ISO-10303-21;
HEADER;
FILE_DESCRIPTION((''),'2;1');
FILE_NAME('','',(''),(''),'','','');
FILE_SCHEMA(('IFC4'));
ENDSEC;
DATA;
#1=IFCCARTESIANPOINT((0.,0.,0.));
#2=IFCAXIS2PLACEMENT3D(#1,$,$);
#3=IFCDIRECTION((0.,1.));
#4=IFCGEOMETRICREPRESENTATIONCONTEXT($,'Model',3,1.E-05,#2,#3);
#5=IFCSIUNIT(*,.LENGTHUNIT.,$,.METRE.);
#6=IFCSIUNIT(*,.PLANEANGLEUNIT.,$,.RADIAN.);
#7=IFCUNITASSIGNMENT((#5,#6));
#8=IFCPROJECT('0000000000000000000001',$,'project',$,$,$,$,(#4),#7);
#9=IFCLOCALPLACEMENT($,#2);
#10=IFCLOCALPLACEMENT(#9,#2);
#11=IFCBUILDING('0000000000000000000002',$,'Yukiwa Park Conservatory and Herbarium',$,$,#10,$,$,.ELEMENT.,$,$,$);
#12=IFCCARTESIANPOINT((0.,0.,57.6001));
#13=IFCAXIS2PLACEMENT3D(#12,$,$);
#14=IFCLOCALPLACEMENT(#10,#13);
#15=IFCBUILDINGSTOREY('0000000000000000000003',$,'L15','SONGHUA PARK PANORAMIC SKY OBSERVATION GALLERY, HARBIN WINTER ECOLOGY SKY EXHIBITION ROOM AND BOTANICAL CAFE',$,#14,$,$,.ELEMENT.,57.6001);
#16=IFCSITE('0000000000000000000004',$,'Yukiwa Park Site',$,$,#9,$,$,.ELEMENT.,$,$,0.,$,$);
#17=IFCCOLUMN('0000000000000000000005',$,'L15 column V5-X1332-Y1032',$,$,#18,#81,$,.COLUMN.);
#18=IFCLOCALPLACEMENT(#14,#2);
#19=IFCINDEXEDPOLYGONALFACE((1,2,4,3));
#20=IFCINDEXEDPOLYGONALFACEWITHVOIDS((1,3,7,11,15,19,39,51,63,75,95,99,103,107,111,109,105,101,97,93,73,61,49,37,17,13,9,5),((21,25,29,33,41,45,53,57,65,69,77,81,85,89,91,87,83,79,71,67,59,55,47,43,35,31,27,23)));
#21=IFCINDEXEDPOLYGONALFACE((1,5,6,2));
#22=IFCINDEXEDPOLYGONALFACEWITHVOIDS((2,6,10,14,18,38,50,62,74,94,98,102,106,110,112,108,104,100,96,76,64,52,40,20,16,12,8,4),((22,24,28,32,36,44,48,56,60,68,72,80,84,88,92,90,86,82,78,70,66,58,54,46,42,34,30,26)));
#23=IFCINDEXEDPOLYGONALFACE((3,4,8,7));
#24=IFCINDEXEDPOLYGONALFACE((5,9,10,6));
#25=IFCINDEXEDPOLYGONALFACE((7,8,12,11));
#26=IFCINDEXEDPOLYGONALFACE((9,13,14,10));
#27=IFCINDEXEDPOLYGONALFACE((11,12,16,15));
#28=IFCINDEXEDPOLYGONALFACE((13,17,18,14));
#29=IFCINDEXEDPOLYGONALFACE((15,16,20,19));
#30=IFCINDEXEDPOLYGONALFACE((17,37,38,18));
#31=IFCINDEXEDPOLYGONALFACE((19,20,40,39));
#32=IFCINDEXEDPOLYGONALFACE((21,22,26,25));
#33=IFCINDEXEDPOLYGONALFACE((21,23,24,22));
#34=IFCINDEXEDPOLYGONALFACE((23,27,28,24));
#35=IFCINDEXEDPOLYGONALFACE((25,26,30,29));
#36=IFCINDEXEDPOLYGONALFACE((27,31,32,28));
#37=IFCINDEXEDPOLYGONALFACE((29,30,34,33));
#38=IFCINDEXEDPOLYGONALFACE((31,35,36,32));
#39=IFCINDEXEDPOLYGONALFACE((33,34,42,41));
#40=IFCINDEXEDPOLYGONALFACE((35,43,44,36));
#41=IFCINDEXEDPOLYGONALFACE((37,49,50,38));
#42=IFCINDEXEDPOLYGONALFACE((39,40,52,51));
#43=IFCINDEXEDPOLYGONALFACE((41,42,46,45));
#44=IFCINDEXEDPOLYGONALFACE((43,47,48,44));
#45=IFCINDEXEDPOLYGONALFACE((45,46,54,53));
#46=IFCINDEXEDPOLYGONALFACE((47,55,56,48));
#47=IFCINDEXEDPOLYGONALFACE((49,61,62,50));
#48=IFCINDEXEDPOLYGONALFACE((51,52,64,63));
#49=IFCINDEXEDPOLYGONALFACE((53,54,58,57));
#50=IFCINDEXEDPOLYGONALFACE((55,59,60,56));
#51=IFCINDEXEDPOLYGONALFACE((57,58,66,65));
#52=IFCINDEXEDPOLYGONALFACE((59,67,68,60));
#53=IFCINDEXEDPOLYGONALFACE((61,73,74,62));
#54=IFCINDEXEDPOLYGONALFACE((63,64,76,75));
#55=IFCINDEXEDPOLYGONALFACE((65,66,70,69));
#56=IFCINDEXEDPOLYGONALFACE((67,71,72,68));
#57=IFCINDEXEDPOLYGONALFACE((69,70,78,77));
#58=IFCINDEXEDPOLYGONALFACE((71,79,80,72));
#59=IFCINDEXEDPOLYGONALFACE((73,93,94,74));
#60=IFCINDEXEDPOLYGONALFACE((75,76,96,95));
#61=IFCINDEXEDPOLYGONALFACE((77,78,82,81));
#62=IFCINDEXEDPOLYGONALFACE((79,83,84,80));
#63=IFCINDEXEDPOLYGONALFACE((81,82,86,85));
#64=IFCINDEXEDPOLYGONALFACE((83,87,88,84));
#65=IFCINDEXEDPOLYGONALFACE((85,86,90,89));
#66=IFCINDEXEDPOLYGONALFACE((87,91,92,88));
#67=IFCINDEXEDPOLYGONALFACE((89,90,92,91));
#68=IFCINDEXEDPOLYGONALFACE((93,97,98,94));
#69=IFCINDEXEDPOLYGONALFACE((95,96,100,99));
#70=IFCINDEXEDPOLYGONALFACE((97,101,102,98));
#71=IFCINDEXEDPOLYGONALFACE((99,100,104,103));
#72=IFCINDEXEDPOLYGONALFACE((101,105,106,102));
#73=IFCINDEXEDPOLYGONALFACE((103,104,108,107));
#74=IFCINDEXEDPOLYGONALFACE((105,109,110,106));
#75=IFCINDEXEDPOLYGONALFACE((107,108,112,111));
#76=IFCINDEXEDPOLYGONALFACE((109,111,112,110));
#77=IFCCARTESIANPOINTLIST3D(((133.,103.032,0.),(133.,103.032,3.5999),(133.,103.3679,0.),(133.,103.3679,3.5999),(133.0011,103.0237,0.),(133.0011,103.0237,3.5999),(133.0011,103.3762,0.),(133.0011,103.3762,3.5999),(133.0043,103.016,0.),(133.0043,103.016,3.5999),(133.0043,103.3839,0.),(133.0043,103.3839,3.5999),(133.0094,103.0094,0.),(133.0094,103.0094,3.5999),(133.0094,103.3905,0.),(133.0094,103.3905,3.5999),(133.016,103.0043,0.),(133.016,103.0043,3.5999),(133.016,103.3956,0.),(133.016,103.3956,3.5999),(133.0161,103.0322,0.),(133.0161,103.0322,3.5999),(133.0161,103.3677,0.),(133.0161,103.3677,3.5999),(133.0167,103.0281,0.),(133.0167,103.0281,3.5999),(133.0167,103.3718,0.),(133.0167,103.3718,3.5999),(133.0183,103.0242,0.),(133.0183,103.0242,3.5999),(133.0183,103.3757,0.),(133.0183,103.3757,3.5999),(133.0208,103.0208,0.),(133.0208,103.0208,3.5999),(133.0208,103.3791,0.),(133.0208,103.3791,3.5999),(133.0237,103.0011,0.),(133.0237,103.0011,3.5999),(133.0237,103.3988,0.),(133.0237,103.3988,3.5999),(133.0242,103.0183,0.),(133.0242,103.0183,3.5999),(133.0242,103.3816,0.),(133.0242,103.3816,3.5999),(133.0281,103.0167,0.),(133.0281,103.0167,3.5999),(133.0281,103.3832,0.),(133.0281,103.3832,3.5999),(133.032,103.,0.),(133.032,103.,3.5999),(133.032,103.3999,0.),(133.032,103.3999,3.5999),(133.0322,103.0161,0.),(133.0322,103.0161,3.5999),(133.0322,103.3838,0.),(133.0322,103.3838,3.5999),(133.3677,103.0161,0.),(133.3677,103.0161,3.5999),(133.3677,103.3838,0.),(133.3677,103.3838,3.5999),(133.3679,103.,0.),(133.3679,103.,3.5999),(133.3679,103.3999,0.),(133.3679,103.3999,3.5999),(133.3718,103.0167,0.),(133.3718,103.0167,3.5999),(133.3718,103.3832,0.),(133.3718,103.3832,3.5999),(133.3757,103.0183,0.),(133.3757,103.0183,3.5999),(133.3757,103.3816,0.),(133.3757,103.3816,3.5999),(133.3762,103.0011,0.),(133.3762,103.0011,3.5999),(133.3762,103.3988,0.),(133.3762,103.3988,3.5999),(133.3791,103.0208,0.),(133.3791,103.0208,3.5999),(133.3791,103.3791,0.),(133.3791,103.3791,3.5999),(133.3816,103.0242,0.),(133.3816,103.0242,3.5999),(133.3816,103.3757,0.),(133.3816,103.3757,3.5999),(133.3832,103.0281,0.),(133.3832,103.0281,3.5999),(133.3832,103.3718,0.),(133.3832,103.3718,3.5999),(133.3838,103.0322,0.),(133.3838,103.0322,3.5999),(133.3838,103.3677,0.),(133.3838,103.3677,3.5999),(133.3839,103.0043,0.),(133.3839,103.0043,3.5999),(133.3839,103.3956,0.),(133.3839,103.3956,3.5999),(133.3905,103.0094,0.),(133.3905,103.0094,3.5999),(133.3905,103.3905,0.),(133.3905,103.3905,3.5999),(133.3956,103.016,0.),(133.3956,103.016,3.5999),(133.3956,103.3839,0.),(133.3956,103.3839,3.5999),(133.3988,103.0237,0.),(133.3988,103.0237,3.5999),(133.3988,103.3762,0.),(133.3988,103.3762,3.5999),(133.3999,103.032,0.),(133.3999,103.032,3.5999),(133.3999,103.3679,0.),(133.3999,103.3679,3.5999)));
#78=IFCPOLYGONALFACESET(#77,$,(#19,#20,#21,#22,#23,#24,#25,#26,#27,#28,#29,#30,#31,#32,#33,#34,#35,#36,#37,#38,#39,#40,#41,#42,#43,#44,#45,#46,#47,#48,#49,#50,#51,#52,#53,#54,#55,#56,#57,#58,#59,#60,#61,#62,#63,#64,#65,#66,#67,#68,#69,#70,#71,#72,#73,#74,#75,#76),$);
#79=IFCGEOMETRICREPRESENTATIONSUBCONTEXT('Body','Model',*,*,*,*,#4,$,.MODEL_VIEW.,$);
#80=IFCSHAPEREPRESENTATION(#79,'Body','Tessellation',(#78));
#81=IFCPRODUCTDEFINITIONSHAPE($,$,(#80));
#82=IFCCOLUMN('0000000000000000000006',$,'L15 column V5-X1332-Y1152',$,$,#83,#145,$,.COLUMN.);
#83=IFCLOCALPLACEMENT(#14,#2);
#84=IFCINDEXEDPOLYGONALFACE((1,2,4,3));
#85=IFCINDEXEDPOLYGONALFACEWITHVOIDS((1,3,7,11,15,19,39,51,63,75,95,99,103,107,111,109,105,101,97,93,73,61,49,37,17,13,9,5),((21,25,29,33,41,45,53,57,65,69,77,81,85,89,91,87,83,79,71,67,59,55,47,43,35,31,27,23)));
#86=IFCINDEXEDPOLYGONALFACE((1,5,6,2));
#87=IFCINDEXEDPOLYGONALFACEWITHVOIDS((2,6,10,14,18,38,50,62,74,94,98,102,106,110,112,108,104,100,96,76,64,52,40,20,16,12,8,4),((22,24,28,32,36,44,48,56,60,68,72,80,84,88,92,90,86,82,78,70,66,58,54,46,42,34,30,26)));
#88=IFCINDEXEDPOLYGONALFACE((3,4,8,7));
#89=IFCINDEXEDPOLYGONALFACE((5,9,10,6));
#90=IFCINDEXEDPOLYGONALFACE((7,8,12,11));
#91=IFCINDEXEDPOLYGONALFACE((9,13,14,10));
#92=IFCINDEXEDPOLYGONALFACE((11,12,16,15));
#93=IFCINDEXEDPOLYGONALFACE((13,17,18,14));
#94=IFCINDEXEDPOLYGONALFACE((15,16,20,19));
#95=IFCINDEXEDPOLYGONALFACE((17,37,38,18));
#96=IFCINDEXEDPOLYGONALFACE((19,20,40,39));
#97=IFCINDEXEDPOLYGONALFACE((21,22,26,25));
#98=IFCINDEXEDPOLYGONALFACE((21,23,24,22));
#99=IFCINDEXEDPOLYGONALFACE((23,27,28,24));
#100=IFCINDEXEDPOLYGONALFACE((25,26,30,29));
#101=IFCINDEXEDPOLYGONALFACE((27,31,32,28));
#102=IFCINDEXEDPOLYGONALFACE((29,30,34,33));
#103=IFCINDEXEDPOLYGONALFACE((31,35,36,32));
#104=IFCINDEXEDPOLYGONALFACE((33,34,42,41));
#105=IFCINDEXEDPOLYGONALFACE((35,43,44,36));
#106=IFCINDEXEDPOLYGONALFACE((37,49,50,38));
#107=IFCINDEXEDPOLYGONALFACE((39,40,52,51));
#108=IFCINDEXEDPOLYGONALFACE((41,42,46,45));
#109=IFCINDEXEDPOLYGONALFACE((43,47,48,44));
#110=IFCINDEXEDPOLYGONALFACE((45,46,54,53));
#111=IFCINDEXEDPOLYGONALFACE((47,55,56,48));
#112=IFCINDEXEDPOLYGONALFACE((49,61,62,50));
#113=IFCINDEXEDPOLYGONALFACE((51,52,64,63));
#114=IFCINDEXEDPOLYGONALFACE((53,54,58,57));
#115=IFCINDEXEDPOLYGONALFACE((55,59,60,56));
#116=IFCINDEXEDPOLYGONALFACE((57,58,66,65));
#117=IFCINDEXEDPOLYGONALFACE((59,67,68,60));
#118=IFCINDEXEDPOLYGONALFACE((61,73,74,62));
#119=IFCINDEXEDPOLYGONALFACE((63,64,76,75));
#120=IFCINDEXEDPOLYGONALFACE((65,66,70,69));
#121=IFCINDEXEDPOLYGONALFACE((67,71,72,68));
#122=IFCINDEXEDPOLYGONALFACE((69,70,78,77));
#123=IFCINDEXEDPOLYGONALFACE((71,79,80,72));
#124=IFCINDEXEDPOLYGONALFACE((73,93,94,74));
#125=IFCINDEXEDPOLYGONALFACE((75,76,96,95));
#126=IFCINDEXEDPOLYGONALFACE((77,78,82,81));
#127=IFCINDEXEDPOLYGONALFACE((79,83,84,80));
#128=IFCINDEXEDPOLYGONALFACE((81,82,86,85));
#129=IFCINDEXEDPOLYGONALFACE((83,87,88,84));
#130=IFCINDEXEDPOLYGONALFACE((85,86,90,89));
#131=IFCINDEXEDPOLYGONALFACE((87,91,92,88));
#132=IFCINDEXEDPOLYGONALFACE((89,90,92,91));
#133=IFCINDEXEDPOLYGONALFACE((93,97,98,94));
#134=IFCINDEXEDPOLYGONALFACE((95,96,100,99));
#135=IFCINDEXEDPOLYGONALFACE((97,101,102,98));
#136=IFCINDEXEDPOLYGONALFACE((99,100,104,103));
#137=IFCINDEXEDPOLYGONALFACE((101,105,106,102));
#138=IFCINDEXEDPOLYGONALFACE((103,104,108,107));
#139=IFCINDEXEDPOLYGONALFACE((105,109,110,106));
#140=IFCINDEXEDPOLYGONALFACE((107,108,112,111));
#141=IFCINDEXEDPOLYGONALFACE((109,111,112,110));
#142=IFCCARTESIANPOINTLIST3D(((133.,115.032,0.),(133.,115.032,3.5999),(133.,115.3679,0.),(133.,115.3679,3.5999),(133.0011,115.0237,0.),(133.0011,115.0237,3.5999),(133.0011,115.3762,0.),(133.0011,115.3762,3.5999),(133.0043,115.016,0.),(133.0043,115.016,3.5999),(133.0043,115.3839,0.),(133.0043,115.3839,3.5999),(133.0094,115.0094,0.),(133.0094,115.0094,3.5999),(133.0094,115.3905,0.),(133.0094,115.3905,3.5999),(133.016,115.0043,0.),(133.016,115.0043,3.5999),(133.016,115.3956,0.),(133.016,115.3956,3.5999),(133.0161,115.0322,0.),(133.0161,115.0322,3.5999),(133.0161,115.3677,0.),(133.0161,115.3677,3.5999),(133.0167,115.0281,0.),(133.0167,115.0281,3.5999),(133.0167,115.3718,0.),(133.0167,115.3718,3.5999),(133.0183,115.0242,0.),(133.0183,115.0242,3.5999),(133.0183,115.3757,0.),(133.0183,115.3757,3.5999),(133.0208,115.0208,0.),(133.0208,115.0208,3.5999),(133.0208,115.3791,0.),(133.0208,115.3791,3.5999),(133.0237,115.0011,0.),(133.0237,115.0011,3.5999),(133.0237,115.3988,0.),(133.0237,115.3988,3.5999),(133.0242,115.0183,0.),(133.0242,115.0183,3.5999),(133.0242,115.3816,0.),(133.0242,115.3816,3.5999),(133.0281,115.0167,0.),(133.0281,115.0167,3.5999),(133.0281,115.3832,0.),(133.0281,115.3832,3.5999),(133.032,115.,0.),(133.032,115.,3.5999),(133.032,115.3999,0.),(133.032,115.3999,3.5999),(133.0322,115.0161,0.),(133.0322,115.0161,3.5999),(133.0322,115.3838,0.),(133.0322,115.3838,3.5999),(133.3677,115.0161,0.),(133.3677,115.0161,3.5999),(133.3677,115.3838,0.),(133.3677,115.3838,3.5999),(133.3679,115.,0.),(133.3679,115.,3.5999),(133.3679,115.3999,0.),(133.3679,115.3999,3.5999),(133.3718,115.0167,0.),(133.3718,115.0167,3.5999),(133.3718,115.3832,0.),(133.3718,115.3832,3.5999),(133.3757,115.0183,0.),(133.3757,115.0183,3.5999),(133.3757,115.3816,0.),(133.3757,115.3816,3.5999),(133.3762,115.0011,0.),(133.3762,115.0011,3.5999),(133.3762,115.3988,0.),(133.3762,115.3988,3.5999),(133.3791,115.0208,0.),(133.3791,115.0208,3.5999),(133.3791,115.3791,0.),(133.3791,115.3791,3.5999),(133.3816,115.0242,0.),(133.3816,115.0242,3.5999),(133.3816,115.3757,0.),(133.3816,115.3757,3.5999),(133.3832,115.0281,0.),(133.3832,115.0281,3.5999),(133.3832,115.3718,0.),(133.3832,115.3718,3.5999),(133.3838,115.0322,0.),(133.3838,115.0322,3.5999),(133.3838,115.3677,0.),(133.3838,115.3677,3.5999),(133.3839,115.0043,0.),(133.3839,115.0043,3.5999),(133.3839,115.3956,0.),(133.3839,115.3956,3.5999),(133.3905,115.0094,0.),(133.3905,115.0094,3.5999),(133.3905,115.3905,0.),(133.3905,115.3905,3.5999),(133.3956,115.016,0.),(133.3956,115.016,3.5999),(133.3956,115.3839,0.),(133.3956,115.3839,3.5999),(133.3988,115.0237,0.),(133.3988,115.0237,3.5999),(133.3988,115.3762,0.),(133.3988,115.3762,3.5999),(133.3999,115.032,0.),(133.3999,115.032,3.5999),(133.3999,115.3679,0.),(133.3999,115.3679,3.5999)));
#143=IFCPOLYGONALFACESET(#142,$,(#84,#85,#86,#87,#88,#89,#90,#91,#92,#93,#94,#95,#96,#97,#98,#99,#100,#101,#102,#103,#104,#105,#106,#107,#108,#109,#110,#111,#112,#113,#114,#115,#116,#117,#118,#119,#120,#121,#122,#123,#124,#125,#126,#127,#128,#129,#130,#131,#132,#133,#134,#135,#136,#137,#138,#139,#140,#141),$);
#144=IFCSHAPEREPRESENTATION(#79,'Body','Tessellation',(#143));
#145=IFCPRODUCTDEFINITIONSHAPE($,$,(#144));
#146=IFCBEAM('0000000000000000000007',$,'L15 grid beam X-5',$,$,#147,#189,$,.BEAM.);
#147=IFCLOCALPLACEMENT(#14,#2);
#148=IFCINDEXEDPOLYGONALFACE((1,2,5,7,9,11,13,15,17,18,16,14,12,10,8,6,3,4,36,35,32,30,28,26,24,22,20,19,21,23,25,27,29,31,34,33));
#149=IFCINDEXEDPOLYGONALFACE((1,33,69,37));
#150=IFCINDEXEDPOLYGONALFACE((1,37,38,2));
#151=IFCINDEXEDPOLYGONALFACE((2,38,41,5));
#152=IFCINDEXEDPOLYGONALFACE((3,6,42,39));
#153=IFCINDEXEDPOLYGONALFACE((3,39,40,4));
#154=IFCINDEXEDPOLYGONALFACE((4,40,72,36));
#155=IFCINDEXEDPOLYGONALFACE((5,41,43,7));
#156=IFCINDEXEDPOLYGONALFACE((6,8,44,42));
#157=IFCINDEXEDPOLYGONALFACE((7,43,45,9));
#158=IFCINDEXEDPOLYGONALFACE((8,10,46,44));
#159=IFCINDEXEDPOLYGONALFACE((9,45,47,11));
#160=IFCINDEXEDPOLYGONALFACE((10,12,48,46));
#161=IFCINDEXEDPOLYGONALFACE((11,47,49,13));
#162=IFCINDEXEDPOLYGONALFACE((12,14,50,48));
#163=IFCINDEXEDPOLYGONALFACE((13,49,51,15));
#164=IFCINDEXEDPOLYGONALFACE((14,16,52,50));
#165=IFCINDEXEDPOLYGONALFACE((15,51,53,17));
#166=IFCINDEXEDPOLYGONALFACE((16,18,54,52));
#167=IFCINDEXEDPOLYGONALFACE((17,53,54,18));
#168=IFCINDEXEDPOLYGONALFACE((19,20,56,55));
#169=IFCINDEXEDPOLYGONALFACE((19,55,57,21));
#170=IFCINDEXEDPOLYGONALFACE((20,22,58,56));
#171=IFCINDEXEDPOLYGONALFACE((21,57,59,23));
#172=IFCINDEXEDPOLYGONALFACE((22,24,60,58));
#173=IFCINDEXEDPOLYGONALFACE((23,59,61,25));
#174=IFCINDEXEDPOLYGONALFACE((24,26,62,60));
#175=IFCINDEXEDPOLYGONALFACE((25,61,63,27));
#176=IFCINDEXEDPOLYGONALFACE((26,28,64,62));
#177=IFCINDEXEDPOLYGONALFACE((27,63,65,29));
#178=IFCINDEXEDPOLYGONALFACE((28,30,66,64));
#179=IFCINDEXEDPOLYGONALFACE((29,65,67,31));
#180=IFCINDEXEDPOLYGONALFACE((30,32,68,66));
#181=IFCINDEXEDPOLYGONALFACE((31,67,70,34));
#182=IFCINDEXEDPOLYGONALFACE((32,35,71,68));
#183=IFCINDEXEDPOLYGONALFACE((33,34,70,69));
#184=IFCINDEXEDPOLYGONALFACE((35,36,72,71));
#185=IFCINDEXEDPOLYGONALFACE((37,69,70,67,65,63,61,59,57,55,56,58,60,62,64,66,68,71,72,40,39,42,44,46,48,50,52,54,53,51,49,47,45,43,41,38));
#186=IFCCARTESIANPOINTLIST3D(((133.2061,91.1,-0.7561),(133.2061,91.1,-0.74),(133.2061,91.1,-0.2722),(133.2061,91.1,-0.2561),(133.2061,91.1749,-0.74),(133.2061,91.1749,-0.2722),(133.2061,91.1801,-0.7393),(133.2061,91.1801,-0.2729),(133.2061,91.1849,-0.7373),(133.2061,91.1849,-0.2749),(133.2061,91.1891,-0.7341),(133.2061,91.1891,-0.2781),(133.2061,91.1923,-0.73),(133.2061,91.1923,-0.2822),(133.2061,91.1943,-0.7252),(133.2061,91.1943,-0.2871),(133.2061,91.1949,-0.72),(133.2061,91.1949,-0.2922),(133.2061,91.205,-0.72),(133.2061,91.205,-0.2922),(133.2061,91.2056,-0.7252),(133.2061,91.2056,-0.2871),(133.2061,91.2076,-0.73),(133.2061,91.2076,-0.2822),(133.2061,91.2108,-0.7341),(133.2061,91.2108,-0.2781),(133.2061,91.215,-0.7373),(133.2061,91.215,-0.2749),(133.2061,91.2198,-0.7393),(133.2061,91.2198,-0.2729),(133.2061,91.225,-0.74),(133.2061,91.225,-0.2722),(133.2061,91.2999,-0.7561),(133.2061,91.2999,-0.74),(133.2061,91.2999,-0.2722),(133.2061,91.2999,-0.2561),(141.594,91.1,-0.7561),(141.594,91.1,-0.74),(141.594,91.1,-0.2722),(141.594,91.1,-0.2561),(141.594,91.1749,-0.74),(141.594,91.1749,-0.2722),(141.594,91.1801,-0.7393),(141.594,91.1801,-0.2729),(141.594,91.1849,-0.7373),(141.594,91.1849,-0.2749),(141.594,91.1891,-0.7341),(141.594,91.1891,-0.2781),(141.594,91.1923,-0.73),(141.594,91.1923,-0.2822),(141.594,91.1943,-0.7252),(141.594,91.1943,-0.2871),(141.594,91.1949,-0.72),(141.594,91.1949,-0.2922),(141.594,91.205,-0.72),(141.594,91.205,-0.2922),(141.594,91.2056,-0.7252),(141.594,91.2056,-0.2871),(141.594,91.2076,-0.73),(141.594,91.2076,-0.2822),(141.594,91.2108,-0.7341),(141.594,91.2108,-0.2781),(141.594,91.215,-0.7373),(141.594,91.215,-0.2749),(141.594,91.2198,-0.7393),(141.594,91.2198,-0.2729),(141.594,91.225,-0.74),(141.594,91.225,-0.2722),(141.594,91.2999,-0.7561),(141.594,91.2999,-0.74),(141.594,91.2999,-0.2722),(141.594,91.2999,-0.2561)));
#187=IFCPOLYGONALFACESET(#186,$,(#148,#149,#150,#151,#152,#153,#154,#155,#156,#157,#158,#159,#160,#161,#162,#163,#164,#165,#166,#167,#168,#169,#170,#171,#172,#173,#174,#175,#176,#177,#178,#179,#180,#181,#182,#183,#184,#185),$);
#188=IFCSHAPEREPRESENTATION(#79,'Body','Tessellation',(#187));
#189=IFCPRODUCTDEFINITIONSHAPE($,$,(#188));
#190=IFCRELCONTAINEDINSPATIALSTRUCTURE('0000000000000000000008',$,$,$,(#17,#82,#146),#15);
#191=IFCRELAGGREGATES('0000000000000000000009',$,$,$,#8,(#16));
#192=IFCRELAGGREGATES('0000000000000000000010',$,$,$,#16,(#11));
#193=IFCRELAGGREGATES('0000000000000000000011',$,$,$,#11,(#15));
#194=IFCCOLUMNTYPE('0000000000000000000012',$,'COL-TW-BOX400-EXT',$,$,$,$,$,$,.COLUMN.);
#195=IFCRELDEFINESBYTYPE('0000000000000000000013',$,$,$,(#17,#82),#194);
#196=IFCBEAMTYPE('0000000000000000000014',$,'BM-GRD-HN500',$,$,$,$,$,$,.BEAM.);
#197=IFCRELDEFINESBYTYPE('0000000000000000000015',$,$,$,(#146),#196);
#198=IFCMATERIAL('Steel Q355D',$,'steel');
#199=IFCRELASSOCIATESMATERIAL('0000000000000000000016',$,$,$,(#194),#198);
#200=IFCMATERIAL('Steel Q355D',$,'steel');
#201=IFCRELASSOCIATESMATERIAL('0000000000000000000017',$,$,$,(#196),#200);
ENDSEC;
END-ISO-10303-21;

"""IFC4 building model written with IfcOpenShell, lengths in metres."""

from ifc_helpers import new_model, si_unit, direction, frame, origin, origin_2d, place, context, subcontext, project, spatial, hollow_rectangle, i_section, extrude, material, material_profile, profile_set, type_object, element, save


model = new_model("IFC4")

# Units and contexts
model_context = context("Model", 3, precision=1e-05, world=origin(), true_north=direction((0.0, 1.0)))
body_context = subcontext(model_context, "Body", "Model", "MODEL_VIEW")
ifc_project = project(units=[si_unit("LENGTHUNIT", "METRE"), si_unit("PLANEANGLEUNIT", "RADIAN")], contexts=[model_context])

# Site, building, storey
site_placement = place(None, origin())
site = spatial("IfcSite", under=ifc_project, at=site_placement, Name="Yukiwa Park Site", CompositionType="ELEMENT", RefElevation=0.0)
building_placement = place(site_placement, origin())
building = spatial("IfcBuilding", under=site, at=building_placement, Name="Yukiwa Park Conservatory and Herbarium", CompositionType="ELEMENT")
storey_placement = place(building_placement, frame((0.0, 0.0, 57.6001)))
storey = spatial("IfcBuildingStorey", under=building, at=storey_placement, Name="L15", Description="SONGHUA PARK PANORAMIC SKY OBSERVATION GALLERY, HARBIN WINTER ECOLOGY SKY EXHIBITION ROOM AND BOTANICAL CAFE", CompositionType="ELEMENT", Elevation=57.6001)

# Columns
ifc_material_1 = material(Name="Steel Q355D", Category="steel")
ifc_material_profile_1 = material_profile(ifc_material_1, hollow_rectangle(XDim=0.3999, YDim=0.3999, WallThickness=0.0161, InnerFilletRadius=0.0161, OuterFilletRadius=0.032, at=origin_2d()), Name="BOX 400x400x16")
ifc_profile_set_1 = profile_set([ifc_material_profile_1], Name="Steel Q355D")
column_type = type_object("IfcColumnType", Name="COL-TW-BOX400-EXT", PredefinedType="COLUMN", material=ifc_profile_set_1)
for number, where, z_axis, x_axis, name in (
    (1, (133.2, 103.2, 0.0), (0.0, 0.0, 1.0), (1.0, 0.0, 0.0), "L15 column V5-X1332-Y1032"),
    (2, (133.2, 115.2, 0.0), (0.0, 0.0, 1.0), (1.0, 0.0, 0.0), "L15 column V5-X1332-Y1152"),
):
    element("IfcColumn", number, at=place(storey_placement, frame(where, z_axis=z_axis, x_axis=x_axis)), inside=storey, type_object=column_type, Name=name, PredefinedType="COLUMN", context=body_context, shape_type="SweptSolid", body=[
        extrude(hollow_rectangle(XDim=0.3999, YDim=0.3999, WallThickness=0.0161, InnerFilletRadius=0.0161, OuterFilletRadius=0.032, at=origin_2d()), origin(), (0.0, 0.0, 1.0), 3.5999),
    ])

# Beam
ifc_material_2 = material(Name="Steel Q355D", Category="steel")
ifc_material_profile_2 = material_profile(ifc_material_2, i_section(OverallWidth=0.2, OverallDepth=0.5, WebThickness=0.01, FlangeThickness=0.0161, FilletRadius=0.02, at=origin_2d()), Name="HN 500x200x10x16")
ifc_profile_set_2 = profile_set([ifc_material_profile_2], Name="Steel Q355D")
beam_type_1 = type_object("IfcBeamType", Name="BM-GRD-HN500", PredefinedType="BEAM", material=ifc_profile_set_2)
beam_1_placement = place(storey_placement, frame((133.2061, 91.2, -0.5061), z_axis=(1.0, 0.0, 0.0), x_axis=(0.0, 1.0, 0.0)))
element("IfcBeam", 3, at=beam_1_placement, inside=storey, type_object=beam_type_1, Name="L15 grid beam X-5", PredefinedType="BEAM", context=body_context, shape_type="SweptSolid", body=[
    extrude(i_section(OverallWidth=0.2, OverallDepth=0.5, WebThickness=0.01, FlangeThickness=0.0161, FilletRadius=0.02, at=origin_2d()), origin(), (0.0, 0.0, 1.0), 8.3879),
])

save(model, "model.ifc")
